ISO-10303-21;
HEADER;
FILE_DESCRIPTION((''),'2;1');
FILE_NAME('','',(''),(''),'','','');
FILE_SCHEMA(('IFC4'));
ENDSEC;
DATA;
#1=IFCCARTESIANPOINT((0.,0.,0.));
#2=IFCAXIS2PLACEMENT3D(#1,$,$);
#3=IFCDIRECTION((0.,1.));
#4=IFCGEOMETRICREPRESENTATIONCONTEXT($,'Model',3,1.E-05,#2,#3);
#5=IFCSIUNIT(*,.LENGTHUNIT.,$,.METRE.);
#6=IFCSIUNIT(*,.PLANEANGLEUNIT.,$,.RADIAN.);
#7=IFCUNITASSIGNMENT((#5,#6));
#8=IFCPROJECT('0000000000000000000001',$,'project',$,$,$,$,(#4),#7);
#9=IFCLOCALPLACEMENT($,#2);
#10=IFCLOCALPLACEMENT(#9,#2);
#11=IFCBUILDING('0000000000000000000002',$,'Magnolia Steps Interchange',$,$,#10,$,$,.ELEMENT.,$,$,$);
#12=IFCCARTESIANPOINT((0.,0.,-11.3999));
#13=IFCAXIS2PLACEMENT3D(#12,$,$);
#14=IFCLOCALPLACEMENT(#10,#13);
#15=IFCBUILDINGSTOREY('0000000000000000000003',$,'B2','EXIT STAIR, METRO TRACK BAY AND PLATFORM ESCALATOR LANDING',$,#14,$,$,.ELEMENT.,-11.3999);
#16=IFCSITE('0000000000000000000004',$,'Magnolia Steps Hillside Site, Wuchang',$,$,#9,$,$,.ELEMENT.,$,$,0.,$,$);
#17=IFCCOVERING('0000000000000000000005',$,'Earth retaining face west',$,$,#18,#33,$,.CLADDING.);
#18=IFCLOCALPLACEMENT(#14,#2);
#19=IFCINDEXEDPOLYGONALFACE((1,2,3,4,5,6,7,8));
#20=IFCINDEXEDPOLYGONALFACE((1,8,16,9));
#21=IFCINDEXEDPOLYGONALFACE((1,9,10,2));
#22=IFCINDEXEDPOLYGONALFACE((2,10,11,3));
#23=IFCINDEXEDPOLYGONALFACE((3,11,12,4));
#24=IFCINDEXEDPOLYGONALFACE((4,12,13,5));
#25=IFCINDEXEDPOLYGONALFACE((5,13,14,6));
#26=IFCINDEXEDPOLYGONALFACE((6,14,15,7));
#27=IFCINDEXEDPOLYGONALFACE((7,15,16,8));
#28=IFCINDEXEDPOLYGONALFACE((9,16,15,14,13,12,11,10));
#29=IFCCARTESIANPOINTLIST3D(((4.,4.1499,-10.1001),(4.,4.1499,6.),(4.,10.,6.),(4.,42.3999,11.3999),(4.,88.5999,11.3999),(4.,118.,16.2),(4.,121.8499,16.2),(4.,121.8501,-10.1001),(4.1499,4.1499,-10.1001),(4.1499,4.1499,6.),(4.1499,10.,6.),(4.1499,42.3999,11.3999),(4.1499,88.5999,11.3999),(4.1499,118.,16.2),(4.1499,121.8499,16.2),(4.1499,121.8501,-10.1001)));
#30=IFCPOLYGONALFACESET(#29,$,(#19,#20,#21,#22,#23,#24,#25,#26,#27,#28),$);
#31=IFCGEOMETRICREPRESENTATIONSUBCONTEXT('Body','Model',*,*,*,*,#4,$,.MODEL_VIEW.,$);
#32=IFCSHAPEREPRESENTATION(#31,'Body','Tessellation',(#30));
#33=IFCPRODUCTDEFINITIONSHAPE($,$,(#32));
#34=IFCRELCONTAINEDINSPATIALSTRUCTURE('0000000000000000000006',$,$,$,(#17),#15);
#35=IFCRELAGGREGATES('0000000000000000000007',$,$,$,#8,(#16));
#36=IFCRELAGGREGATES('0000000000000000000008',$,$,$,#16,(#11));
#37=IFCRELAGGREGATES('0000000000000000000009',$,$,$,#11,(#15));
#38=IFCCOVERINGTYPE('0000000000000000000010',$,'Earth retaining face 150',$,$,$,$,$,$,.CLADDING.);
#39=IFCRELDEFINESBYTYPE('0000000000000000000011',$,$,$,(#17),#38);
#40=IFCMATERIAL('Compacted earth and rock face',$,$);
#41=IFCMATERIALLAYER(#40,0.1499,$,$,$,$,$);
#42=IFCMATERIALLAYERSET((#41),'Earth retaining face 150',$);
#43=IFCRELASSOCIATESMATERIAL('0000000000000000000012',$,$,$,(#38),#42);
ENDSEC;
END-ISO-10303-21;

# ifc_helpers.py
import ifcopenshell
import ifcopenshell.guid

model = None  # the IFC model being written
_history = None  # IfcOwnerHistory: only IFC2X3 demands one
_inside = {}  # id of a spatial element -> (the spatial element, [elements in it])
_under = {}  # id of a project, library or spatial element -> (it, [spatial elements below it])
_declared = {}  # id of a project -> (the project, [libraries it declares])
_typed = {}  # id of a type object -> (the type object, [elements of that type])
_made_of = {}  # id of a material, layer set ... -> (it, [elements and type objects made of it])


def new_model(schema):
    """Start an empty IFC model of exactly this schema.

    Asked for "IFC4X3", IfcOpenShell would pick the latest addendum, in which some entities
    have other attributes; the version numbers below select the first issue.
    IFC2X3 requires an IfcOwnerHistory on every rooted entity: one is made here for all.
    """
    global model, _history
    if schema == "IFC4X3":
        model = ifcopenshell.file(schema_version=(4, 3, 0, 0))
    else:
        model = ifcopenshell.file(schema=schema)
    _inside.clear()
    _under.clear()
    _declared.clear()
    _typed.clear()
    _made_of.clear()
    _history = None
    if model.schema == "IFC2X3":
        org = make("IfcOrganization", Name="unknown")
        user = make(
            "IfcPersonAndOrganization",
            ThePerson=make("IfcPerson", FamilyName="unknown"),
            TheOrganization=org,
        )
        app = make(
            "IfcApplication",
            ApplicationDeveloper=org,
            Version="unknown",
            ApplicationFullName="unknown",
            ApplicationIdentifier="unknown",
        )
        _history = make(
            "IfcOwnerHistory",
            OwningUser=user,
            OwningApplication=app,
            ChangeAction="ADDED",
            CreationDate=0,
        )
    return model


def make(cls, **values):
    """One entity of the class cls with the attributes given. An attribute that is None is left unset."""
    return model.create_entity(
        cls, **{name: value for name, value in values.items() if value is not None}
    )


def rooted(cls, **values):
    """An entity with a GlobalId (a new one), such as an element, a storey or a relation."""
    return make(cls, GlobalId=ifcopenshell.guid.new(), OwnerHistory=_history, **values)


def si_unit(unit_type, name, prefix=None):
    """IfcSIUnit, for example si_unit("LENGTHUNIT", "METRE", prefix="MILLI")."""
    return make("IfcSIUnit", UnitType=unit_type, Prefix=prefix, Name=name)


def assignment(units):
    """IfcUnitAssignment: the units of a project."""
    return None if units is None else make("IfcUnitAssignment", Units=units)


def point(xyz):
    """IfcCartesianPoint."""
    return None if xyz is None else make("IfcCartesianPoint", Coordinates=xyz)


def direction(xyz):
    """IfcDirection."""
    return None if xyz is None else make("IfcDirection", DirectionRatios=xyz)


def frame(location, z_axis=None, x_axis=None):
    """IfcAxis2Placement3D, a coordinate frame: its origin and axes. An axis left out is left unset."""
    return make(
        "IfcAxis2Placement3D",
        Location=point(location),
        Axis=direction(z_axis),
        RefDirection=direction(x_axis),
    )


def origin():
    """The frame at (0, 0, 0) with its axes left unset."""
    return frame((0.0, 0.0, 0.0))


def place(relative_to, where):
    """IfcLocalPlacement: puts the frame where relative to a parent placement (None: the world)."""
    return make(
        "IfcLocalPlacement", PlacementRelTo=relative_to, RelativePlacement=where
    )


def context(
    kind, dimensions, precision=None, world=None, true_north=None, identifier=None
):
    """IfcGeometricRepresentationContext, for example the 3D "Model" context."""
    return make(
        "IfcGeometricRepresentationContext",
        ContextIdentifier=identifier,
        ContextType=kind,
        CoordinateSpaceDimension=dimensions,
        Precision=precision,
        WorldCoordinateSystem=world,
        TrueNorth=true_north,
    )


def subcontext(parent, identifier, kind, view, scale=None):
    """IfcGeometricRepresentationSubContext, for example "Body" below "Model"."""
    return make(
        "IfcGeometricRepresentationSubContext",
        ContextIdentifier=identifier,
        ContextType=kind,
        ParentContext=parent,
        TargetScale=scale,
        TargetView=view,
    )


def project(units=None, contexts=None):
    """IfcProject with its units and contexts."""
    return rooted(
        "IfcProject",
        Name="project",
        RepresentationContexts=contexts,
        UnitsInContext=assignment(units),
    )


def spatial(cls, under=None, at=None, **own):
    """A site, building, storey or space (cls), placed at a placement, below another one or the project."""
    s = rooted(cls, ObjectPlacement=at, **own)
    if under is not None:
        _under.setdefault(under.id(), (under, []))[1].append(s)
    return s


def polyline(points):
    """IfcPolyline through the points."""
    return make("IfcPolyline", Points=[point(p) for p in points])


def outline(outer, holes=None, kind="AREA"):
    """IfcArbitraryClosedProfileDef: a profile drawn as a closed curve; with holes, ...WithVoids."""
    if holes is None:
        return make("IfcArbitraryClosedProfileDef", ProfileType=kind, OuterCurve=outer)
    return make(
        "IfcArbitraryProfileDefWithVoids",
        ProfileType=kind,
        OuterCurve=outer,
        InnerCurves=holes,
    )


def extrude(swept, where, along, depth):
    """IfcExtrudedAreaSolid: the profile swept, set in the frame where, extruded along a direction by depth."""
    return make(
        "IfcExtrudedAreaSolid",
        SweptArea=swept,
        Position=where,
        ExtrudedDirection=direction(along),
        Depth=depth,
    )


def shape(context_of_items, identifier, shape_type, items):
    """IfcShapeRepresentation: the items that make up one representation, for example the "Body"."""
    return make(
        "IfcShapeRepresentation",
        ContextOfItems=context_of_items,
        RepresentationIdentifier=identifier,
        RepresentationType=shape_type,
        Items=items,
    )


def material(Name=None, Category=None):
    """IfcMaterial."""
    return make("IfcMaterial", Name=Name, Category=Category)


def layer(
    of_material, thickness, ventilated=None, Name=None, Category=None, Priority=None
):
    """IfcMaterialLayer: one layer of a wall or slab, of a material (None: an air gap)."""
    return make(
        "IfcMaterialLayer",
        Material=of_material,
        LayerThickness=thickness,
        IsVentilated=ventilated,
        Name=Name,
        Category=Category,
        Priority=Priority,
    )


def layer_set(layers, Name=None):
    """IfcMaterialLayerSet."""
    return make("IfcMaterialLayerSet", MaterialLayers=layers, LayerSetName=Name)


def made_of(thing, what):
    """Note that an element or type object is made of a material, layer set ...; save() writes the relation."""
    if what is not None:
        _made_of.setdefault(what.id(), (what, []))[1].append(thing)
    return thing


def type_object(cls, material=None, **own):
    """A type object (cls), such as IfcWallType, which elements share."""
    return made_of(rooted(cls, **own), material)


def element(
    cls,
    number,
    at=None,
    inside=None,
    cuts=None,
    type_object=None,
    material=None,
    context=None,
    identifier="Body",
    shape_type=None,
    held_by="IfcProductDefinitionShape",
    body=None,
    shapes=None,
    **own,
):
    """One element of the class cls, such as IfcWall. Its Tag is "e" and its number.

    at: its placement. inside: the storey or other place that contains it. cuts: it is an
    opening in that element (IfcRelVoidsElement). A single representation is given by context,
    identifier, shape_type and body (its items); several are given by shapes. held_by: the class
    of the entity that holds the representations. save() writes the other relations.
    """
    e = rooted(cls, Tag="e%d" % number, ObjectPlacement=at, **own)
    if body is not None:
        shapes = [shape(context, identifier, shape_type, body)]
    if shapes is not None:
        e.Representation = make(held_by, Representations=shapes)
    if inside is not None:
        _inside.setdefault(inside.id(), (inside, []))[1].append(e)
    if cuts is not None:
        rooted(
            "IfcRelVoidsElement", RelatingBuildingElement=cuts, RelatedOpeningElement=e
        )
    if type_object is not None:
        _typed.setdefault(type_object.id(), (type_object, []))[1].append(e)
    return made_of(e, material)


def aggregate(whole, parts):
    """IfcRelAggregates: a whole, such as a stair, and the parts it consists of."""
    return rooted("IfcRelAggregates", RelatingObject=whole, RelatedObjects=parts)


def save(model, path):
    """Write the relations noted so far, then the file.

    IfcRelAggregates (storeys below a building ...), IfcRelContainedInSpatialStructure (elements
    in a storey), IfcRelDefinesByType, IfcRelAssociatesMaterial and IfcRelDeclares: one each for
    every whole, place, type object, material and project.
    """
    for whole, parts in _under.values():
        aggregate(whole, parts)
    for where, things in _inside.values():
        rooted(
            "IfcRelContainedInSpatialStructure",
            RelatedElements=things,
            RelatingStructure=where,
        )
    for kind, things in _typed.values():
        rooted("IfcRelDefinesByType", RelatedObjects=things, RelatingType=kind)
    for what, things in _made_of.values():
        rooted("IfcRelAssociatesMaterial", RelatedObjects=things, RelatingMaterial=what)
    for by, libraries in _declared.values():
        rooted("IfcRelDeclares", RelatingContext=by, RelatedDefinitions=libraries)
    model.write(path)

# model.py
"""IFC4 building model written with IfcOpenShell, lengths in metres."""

from ifc_helpers import new_model, si_unit, direction, frame, origin, place, context, subcontext, project, spatial, polyline, outline, extrude, material, layer, layer_set, type_object, element, save


model = new_model("IFC4")

# Units and contexts
model_context = context("Model", 3, precision=1e-05, world=origin(), true_north=direction((0.0, 1.0)))
body_context = subcontext(model_context, "Body", "Model", "MODEL_VIEW")
ifc_project = project(units=[si_unit("LENGTHUNIT", "METRE"), si_unit("PLANEANGLEUNIT", "RADIAN")], contexts=[model_context])

# Site, building, storey
site_placement = place(None, origin())
site = spatial("IfcSite", under=ifc_project, at=site_placement, Name="Magnolia Steps Hillside Site, Wuchang", CompositionType="ELEMENT", RefElevation=0.0)
building_placement = place(site_placement, origin())
building = spatial("IfcBuilding", under=site, at=building_placement, Name="Magnolia Steps Interchange", CompositionType="ELEMENT")
storey_placement = place(building_placement, frame((0.0, 0.0, -11.3999)))
storey = spatial("IfcBuildingStorey", under=building, at=storey_placement, Name="B2", Description="EXIT STAIR, METRO TRACK BAY AND PLATFORM ESCALATOR LANDING", CompositionType="ELEMENT", Elevation=-11.3999)

# Covering
ifc_material_1 = material(Name="Compacted earth and rock face")
ifc_layer_1 = layer(ifc_material_1, 0.1499)
ifc_layer_set_1 = layer_set([ifc_layer_1], Name="Earth retaining face 150")
covering_type = type_object("IfcCoveringType", Name="Earth retaining face 150", PredefinedType="CLADDING", material=ifc_layer_set_1)
covering_1_placement = place(storey_placement, frame((4.075, 4.1499, -10.1001), z_axis=(0.0, 0.0, 1.0), x_axis=(0.0, 1.0, 0.0)))
element("IfcCovering", 1, at=covering_1_placement, inside=storey, type_object=covering_type, Name="Earth retaining face west", PredefinedType="CLADDING", context=body_context, shape_type="SweptSolid", body=[
    extrude(outline(polyline([(0.0, 0.0), (117.7002, 0.0), (117.7, 26.3), (113.8501, 26.3), (84.45, 21.5), (38.25, 21.5), (5.8501, 16.1001), (0.0, 16.1001), (0.0, 0.0)])), frame((0.0, 0.075, 0.0), z_axis=(0.0, -1.0, 0.0), x_axis=(1.0, 0.0, 0.0)), (0.0, 0.0, 1.0), 0.1499),
])

save(model, "model.ifc")
